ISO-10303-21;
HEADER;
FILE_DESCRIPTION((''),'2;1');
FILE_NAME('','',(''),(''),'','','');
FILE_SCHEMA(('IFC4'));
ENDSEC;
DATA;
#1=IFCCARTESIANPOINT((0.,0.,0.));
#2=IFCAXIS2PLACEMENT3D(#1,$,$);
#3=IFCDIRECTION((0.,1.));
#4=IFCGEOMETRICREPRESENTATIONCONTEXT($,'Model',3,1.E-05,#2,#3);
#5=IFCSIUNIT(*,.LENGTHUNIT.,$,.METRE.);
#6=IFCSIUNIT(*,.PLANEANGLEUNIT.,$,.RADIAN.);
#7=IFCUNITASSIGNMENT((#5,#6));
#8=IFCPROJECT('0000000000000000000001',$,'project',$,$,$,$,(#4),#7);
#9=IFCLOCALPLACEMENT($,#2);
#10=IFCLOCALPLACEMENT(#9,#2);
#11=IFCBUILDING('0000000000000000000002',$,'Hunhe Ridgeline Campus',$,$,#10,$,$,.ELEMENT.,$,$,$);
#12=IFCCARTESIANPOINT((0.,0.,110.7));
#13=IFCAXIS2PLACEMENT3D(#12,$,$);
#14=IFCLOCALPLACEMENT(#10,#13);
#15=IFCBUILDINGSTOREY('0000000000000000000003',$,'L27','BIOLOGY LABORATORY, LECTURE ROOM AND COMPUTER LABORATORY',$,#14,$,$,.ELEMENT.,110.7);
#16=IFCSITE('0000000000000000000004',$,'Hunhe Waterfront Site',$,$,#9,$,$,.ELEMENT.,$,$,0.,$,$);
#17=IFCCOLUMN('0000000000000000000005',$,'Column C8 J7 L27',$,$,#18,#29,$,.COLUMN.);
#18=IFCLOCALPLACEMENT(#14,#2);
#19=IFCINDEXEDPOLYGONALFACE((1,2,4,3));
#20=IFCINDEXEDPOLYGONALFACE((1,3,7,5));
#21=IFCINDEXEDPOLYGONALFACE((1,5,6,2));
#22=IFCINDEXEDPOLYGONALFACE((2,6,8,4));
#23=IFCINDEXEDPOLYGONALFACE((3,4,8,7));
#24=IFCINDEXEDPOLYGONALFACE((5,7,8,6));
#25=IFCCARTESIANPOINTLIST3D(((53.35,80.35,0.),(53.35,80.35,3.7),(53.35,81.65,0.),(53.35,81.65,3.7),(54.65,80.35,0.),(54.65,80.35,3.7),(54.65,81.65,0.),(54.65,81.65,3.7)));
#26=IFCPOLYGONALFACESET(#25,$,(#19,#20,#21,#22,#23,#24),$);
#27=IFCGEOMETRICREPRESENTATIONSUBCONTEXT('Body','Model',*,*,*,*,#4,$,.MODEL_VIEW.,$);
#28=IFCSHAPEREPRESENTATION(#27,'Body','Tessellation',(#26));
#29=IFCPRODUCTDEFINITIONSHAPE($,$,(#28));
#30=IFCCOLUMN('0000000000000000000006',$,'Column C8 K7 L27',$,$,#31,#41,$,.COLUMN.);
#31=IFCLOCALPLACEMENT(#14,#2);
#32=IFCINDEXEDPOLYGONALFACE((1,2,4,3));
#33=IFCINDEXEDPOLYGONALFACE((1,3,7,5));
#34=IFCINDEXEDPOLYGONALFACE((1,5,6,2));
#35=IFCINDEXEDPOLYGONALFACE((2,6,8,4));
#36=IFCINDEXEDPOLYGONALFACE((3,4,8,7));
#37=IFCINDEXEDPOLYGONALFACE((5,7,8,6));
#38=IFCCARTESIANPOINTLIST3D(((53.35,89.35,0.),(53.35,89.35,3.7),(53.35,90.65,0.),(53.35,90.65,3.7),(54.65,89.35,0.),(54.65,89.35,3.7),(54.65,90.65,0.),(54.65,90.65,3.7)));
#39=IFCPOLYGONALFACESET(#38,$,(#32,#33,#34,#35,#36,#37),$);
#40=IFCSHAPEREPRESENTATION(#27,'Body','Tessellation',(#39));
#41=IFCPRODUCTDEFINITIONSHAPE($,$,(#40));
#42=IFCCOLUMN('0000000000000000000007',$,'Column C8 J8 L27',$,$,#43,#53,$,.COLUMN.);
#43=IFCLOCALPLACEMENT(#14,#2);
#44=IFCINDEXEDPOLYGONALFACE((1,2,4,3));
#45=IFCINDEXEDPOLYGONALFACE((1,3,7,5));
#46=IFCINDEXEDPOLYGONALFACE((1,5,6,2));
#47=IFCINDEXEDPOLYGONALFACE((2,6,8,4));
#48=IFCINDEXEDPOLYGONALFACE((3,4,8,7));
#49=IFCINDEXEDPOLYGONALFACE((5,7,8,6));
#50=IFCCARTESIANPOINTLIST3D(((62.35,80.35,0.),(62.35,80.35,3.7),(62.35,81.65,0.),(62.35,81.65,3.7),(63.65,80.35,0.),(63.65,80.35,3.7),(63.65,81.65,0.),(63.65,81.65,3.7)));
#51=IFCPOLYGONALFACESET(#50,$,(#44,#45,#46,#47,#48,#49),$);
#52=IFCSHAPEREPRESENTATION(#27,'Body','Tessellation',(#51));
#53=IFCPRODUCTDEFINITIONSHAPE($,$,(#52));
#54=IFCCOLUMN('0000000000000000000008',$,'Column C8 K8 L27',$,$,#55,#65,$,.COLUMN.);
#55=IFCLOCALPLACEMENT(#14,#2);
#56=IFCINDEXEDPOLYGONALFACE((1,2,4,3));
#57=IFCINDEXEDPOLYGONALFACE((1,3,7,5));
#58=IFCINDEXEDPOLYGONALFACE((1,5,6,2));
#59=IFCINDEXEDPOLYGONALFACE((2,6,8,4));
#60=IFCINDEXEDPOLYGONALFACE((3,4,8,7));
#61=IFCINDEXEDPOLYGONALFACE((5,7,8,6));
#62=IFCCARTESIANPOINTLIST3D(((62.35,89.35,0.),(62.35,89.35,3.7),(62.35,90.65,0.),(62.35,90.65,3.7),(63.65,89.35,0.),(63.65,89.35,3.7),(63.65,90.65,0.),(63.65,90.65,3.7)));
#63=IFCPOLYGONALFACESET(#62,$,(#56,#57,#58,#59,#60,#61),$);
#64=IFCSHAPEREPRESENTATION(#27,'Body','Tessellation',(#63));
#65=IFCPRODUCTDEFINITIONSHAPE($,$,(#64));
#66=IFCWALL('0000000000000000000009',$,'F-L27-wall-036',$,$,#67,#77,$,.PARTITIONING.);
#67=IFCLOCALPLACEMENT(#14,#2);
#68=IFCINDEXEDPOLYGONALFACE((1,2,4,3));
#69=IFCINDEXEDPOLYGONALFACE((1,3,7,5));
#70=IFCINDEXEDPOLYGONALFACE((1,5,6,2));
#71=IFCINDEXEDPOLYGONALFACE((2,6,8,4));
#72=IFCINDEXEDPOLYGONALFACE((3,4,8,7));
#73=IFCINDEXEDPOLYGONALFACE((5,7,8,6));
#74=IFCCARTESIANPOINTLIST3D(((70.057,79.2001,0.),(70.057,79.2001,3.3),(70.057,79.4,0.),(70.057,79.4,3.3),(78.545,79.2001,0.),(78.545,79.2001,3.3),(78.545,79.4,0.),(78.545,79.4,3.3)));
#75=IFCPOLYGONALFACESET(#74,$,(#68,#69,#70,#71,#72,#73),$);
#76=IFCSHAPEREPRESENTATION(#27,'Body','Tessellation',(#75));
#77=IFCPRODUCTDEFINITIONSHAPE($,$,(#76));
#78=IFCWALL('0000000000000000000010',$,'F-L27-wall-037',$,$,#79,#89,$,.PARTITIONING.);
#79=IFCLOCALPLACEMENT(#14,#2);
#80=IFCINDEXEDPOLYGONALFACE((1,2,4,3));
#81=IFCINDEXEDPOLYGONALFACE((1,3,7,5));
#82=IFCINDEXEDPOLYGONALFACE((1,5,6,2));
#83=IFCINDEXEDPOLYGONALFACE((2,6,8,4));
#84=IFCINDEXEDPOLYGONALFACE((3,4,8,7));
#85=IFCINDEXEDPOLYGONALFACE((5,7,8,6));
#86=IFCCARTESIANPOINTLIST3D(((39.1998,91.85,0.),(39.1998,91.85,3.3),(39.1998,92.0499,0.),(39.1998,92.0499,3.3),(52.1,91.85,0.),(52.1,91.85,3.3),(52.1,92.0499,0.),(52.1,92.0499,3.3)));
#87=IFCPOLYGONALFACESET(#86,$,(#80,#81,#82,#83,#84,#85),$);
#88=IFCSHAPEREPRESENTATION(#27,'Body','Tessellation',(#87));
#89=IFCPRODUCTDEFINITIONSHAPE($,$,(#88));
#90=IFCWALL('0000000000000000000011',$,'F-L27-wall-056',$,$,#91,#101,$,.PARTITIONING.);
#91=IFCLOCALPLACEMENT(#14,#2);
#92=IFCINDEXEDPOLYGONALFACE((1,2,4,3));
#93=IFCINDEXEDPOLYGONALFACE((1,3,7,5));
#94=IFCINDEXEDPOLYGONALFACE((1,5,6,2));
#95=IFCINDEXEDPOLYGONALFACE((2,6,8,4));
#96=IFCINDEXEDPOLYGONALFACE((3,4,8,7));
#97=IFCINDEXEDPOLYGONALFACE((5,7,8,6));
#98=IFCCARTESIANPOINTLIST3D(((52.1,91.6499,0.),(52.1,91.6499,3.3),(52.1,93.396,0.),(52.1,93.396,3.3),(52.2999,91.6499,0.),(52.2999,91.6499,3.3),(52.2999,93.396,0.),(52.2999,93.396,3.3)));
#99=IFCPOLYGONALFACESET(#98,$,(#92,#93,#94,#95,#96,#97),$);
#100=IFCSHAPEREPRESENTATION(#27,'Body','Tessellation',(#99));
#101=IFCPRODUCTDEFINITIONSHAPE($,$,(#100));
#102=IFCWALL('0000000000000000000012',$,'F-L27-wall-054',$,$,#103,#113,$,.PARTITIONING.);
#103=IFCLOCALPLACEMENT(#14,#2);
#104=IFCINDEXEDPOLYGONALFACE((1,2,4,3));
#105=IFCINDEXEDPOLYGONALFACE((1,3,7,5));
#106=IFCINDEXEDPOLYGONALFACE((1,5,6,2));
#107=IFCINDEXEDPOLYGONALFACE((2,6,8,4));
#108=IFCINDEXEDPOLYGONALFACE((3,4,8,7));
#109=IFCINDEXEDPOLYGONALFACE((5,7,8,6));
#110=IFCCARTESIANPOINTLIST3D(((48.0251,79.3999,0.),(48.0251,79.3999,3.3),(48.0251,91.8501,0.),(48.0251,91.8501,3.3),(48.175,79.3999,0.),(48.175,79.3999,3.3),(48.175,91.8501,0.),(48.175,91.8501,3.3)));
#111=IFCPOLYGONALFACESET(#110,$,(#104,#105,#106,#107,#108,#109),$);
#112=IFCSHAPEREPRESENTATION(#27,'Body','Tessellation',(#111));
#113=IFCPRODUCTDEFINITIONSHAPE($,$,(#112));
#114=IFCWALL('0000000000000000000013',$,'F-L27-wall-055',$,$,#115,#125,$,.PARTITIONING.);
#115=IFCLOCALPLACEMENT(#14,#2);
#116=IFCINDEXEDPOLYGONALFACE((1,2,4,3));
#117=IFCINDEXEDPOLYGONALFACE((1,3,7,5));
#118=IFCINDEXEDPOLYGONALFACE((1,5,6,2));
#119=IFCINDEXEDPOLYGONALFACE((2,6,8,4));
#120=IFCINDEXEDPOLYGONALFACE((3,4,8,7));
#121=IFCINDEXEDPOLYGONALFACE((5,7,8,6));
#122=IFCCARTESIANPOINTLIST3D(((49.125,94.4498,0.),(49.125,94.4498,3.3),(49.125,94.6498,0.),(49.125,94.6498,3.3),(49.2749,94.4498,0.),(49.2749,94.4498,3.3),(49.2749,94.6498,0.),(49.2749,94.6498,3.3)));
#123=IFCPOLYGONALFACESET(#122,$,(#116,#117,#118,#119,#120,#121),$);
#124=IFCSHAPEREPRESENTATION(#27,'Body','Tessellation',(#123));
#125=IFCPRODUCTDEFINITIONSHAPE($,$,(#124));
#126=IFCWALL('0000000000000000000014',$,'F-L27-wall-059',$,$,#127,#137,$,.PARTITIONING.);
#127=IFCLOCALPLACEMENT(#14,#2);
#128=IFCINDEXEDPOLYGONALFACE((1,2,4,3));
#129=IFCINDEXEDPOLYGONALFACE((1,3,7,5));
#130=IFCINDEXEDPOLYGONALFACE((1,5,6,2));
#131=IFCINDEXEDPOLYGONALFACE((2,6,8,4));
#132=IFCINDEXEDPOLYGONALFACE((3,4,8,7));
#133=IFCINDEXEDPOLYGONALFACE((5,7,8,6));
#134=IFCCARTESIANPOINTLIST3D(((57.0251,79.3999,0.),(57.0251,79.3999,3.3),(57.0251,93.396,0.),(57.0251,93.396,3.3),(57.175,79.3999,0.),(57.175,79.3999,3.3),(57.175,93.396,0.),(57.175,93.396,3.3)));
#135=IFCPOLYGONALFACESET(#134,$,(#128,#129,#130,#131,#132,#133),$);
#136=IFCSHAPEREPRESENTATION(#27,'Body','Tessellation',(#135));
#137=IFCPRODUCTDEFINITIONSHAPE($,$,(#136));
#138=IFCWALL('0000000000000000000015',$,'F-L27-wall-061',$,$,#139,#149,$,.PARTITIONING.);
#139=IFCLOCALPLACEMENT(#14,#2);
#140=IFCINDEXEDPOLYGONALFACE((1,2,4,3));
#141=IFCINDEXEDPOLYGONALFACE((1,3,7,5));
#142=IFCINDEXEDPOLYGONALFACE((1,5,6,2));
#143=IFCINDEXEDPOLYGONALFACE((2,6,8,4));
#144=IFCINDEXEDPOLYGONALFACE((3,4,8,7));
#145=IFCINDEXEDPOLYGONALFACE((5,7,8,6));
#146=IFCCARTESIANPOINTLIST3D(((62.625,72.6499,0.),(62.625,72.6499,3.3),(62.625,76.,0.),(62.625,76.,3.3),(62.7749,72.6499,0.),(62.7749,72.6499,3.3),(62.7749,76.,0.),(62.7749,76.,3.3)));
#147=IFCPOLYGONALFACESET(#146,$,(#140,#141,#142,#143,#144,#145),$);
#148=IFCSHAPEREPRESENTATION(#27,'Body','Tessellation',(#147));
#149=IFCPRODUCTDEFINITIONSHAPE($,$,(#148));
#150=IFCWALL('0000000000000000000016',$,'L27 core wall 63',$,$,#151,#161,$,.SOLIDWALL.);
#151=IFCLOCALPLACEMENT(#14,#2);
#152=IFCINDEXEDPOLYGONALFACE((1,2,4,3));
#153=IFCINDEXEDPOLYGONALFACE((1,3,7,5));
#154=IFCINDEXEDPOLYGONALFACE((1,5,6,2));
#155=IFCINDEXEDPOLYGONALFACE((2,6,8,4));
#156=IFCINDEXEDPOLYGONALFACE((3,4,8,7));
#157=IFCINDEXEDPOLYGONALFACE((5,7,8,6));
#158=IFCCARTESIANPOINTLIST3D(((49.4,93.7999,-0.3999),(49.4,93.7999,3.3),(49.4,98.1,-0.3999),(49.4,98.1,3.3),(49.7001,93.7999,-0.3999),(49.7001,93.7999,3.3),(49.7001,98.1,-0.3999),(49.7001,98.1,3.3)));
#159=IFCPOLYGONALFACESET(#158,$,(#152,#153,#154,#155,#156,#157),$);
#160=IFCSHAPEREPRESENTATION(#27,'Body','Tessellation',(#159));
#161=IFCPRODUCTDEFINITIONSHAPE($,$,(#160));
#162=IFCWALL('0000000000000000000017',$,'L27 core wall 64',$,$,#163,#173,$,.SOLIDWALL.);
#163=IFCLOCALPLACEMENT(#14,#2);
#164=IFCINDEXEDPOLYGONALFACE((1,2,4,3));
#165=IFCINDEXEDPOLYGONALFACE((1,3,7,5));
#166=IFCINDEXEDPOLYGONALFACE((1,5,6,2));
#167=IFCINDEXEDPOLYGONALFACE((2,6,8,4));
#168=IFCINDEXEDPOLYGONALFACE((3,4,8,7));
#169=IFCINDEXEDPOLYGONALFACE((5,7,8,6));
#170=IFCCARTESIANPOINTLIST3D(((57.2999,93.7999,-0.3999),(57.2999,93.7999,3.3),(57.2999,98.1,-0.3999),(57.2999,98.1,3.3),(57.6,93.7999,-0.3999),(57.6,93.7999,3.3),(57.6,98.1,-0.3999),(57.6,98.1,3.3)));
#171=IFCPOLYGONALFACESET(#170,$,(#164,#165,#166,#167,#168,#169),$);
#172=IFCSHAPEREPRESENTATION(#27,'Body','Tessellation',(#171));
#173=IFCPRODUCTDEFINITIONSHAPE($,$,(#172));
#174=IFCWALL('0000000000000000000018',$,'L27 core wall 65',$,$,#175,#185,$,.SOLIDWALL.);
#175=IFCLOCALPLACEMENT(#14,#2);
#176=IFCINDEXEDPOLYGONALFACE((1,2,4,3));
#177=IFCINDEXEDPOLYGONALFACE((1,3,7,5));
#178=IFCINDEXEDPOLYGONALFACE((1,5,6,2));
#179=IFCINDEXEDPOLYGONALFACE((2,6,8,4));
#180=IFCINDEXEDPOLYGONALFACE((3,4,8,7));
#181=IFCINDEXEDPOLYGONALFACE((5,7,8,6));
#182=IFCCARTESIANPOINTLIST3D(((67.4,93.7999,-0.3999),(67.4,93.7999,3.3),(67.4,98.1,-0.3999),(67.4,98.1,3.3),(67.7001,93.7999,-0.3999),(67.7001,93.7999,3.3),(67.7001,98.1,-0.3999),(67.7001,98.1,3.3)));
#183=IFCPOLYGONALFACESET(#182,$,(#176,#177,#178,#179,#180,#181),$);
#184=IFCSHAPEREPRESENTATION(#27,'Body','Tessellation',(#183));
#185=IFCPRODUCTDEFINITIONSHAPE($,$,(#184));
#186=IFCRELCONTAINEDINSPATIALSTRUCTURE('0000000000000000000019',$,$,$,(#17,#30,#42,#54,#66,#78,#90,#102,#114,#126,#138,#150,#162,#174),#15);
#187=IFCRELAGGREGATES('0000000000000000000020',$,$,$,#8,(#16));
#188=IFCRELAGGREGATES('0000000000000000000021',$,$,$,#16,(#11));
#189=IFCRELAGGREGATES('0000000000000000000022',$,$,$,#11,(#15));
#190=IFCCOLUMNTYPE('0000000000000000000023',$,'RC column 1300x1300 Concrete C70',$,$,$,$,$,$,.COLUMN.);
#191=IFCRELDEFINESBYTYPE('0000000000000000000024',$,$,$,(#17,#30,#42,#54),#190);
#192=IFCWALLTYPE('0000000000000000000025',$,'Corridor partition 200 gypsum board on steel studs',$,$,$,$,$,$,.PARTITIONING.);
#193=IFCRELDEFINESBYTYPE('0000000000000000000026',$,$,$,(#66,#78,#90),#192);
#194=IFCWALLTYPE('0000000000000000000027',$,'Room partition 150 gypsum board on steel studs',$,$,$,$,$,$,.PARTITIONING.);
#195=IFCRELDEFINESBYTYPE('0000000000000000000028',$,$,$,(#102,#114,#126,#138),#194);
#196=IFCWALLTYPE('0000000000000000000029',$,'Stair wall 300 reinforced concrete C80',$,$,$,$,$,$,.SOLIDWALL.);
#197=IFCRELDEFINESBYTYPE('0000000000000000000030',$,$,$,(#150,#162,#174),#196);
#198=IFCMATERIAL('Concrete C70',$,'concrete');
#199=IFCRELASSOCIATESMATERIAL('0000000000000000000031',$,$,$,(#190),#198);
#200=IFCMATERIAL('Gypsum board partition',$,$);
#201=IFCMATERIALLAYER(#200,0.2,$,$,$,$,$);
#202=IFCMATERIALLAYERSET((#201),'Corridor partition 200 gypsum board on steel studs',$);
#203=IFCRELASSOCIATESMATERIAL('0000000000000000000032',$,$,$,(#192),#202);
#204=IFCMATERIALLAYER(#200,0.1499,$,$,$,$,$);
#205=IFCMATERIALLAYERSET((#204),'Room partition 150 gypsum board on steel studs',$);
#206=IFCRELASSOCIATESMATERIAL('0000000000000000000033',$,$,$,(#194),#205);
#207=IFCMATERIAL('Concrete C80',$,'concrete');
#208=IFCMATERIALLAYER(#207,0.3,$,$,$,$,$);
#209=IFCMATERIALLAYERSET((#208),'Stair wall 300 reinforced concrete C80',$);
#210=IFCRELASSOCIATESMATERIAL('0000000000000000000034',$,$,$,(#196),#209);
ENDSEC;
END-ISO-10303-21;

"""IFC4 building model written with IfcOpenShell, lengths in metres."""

from ifc_helpers import new_model, si_unit, direction, frame, frame_2d, origin, origin_2d, place, context, subcontext, project, spatial, rectangle, extrude, material, layer, layer_set, material_profile, profile_set, type_object, element, save


model = new_model("IFC4")

# Units and contexts
model_context = context("Model", 3, precision=1e-05, world=origin(), true_north=direction((0.0, 1.0)))
body_context = subcontext(model_context, "Body", "Model", "MODEL_VIEW")
ifc_project = project(units=[si_unit("LENGTHUNIT", "METRE"), si_unit("PLANEANGLEUNIT", "RADIAN")], contexts=[model_context])

# Site, building, storey
site_placement = place(None, origin())
site = spatial("IfcSite", under=ifc_project, at=site_placement, Name="Hunhe Waterfront Site", CompositionType="ELEMENT", RefElevation=0.0)
building_placement = place(site_placement, origin())
building = spatial("IfcBuilding", under=site, at=building_placement, Name="Hunhe Ridgeline Campus", CompositionType="ELEMENT")
storey_placement = place(building_placement, frame((0.0, 0.0, 110.7)))
storey = spatial("IfcBuildingStorey", under=building, at=storey_placement, Name="L27", Description="BIOLOGY LABORATORY, LECTURE ROOM AND COMPUTER LABORATORY", CompositionType="ELEMENT", Elevation=110.7)

# Columns
ifc_material_1 = material(Name="Concrete C70", Category="concrete")
ifc_material_profile = material_profile(ifc_material_1, rectangle(XDim=1.3, YDim=1.3, at=origin_2d()))
ifc_profile_set = profile_set([ifc_material_profile], Name="Concrete C70")
column_type = type_object("IfcColumnType", Name="RC column 1300x1300 Concrete C70", PredefinedType="COLUMN", material=ifc_profile_set)
for number, where, z_axis, x_axis, name in (
    (1, (54.0, 81.0, 0.0), (0.0, 0.0, 1.0), (1.0, 0.0, 0.0), "Column C8 J7 L27"),
    (2, (54.0, 90.0, 0.0), (0.0, 0.0, 1.0), (1.0, 0.0, 0.0), "Column C8 K7 L27"),
    (3, (63.0, 81.0, 0.0), (0.0, 0.0, 1.0), (1.0, 0.0, 0.0), "Column C8 J8 L27"),
    (4, (63.0, 90.0, 0.0), (0.0, 0.0, 1.0), (1.0, 0.0, 0.0), "Column C8 K8 L27"),
):
    element("IfcColumn", number, at=place(storey_placement, frame(where, z_axis=z_axis, x_axis=x_axis)), inside=storey, type_object=column_type, Name=name, PredefinedType="COLUMN", context=body_context, shape_type="SweptSolid", body=[
        extrude(rectangle(XDim=1.3, YDim=1.3, at=origin_2d()), origin(), (0.0, 0.0, 1.0), 3.7),
    ])

# Walls
ifc_material_2 = material(Name="Gypsum board partition")
ifc_layer_1 = layer(ifc_material_2, 0.2)
ifc_layer_set_1 = layer_set([ifc_layer_1], Name="Corridor partition 200 gypsum board on steel studs")
wall_type_1 = type_object("IfcWallType", Name="Corridor partition 200 gypsum board on steel studs", PredefinedType="PARTITIONING", material=ifc_layer_set_1)
wall_1_placement = place(storey_placement, frame((70.0569, 79.3, 0.0), z_axis=(0.0, 0.0, 1.0), x_axis=(1.0, 0.0, 0.0)))
element("IfcWall", 5, at=wall_1_placement, inside=storey, type_object=wall_type_1, Name="F-L27-wall-036", PredefinedType="PARTITIONING", context=body_context, shape_type="SweptSolid", body=[
    extrude(rectangle(XDim=8.488, YDim=0.2, at=frame_2d((4.2441, 0.0))), origin(), (0.0, 0.0, 1.0), 3.3),
])
wall_2_placement = place(storey_placement, frame((52.1001, 91.95, 0.0), z_axis=(0.0, 0.0, 1.0), x_axis=(-1.0, 0.0, 0.0)))
element("IfcWall", 6, at=wall_2_placement, inside=storey, type_object=wall_type_1, Name="F-L27-wall-037", PredefinedType="PARTITIONING", context=body_context, shape_type="SweptSolid", body=[
    extrude(rectangle(XDim=12.9001, YDim=0.2, at=frame_2d((6.4502, 0.0))), origin(), (0.0, 0.0, 1.0), 3.3),
])
wall_3_placement = place(storey_placement, frame((52.2, 93.396, 0.0), z_axis=(0.0, 0.0, 1.0), x_axis=(0.0, -1.0, 0.0)))
element("IfcWall", 7, at=wall_3_placement, inside=storey, type_object=wall_type_1, Name="F-L27-wall-056", PredefinedType="PARTITIONING", context=body_context, shape_type="SweptSolid", body=[
    extrude(rectangle(XDim=1.7461, YDim=0.2, at=frame_2d((0.873, 0.0))), origin(), (0.0, 0.0, 1.0), 3.3),
])

# Walls
ifc_layer_2 = layer(ifc_material_2, 0.1499)
ifc_layer_set_2 = layer_set([ifc_layer_2], Name="Room partition 150 gypsum board on steel studs")
wall_type_2 = type_object("IfcWallType", Name="Room partition 150 gypsum board on steel studs", PredefinedType="PARTITIONING", material=ifc_layer_set_2)
wall_4_placement = place(storey_placement, frame((48.1001, 91.8501, 0.0), z_axis=(0.0, 0.0, 1.0), x_axis=(0.0, -1.0, 0.0)))
element("IfcWall", 8, at=wall_4_placement, inside=storey, type_object=wall_type_2, Name="F-L27-wall-054", PredefinedType="PARTITIONING", context=body_context, shape_type="SweptSolid", body=[
    extrude(rectangle(XDim=12.4502, YDim=0.1499, at=frame_2d((6.2251, 0.0))), origin(), (0.0, 0.0, 1.0), 3.3),
])
wall_5_placement = place(storey_placement, frame((49.2, 94.6499, 0.0), z_axis=(0.0, 0.0, 1.0), x_axis=(0.0, -1.0, 0.0)))
element("IfcWall", 9, at=wall_5_placement, inside=storey, type_object=wall_type_2, Name="F-L27-wall-055", PredefinedType="PARTITIONING", context=body_context, shape_type="SweptSolid", body=[
    extrude(rectangle(XDim=0.2, YDim=0.1499, at=frame_2d((0.1001, 0.0))), origin(), (0.0, 0.0, 1.0), 3.3),
])
wall_6_placement = place(storey_placement, frame((57.1001, 93.396, 0.0), z_axis=(0.0, 0.0, 1.0), x_axis=(0.0, -1.0, 0.0)))
element("IfcWall", 10, at=wall_6_placement, inside=storey, type_object=wall_type_2, Name="F-L27-wall-059", PredefinedType="PARTITIONING", context=body_context, shape_type="SweptSolid", body=[
    extrude(rectangle(XDim=13.9961, YDim=0.1499, at=frame_2d((6.998, 0.0))), origin(), (0.0, 0.0, 1.0), 3.3),
])
wall_7_placement = place(storey_placement, frame((62.7, 76.0, 0.0), z_axis=(0.0, 0.0, 1.0), x_axis=(0.0, -1.0, 0.0)))
element("IfcWall", 11, at=wall_7_placement, inside=storey, type_object=wall_type_2, Name="F-L27-wall-061", PredefinedType="PARTITIONING", context=body_context, shape_type="SweptSolid", body=[
    extrude(rectangle(XDim=3.3501, YDim=0.1499, at=frame_2d((1.675, 0.0))), origin(), (0.0, 0.0, 1.0), 3.3),
])

# Shared definitions
ifc_material_3 = material(Name="Concrete C80", Category="concrete")
ifc_layer_3 = layer(ifc_material_3, 0.3)
ifc_layer_set_3 = layer_set([ifc_layer_3], Name="Stair wall 300 reinforced concrete C80")
wall_type_3 = type_object("IfcWallType", Name="Stair wall 300 reinforced concrete C80", PredefinedType="SOLIDWALL", material=ifc_layer_set_3)

# Walls
for number, where, z_axis, x_axis, name in (
    (12, (49.55, 93.8, -0.3999), (0.0, 0.0, 1.0), (0.0, 1.0, 0.0), "L27 core wall 63"),
    (13, (57.45, 93.8, -0.3999), (0.0, 0.0, 1.0), (0.0, 1.0, 0.0), "L27 core wall 64"),
    (14, (67.55, 93.8, -0.3999), (0.0, 0.0, 1.0), (0.0, 1.0, 0.0), "L27 core wall 65"),
):
    element("IfcWall", number, at=place(storey_placement, frame(where, z_axis=z_axis, x_axis=x_axis)), inside=storey, type_object=wall_type_3, Name=name, PredefinedType="SOLIDWALL", context=body_context, shape_type="SweptSolid", body=[
        extrude(rectangle(XDim=4.3, YDim=0.3, at=frame_2d((2.1499, 0.0))), origin(), (0.0, 0.0, 1.0), 3.7),
    ])

save(model, "model.ifc")
